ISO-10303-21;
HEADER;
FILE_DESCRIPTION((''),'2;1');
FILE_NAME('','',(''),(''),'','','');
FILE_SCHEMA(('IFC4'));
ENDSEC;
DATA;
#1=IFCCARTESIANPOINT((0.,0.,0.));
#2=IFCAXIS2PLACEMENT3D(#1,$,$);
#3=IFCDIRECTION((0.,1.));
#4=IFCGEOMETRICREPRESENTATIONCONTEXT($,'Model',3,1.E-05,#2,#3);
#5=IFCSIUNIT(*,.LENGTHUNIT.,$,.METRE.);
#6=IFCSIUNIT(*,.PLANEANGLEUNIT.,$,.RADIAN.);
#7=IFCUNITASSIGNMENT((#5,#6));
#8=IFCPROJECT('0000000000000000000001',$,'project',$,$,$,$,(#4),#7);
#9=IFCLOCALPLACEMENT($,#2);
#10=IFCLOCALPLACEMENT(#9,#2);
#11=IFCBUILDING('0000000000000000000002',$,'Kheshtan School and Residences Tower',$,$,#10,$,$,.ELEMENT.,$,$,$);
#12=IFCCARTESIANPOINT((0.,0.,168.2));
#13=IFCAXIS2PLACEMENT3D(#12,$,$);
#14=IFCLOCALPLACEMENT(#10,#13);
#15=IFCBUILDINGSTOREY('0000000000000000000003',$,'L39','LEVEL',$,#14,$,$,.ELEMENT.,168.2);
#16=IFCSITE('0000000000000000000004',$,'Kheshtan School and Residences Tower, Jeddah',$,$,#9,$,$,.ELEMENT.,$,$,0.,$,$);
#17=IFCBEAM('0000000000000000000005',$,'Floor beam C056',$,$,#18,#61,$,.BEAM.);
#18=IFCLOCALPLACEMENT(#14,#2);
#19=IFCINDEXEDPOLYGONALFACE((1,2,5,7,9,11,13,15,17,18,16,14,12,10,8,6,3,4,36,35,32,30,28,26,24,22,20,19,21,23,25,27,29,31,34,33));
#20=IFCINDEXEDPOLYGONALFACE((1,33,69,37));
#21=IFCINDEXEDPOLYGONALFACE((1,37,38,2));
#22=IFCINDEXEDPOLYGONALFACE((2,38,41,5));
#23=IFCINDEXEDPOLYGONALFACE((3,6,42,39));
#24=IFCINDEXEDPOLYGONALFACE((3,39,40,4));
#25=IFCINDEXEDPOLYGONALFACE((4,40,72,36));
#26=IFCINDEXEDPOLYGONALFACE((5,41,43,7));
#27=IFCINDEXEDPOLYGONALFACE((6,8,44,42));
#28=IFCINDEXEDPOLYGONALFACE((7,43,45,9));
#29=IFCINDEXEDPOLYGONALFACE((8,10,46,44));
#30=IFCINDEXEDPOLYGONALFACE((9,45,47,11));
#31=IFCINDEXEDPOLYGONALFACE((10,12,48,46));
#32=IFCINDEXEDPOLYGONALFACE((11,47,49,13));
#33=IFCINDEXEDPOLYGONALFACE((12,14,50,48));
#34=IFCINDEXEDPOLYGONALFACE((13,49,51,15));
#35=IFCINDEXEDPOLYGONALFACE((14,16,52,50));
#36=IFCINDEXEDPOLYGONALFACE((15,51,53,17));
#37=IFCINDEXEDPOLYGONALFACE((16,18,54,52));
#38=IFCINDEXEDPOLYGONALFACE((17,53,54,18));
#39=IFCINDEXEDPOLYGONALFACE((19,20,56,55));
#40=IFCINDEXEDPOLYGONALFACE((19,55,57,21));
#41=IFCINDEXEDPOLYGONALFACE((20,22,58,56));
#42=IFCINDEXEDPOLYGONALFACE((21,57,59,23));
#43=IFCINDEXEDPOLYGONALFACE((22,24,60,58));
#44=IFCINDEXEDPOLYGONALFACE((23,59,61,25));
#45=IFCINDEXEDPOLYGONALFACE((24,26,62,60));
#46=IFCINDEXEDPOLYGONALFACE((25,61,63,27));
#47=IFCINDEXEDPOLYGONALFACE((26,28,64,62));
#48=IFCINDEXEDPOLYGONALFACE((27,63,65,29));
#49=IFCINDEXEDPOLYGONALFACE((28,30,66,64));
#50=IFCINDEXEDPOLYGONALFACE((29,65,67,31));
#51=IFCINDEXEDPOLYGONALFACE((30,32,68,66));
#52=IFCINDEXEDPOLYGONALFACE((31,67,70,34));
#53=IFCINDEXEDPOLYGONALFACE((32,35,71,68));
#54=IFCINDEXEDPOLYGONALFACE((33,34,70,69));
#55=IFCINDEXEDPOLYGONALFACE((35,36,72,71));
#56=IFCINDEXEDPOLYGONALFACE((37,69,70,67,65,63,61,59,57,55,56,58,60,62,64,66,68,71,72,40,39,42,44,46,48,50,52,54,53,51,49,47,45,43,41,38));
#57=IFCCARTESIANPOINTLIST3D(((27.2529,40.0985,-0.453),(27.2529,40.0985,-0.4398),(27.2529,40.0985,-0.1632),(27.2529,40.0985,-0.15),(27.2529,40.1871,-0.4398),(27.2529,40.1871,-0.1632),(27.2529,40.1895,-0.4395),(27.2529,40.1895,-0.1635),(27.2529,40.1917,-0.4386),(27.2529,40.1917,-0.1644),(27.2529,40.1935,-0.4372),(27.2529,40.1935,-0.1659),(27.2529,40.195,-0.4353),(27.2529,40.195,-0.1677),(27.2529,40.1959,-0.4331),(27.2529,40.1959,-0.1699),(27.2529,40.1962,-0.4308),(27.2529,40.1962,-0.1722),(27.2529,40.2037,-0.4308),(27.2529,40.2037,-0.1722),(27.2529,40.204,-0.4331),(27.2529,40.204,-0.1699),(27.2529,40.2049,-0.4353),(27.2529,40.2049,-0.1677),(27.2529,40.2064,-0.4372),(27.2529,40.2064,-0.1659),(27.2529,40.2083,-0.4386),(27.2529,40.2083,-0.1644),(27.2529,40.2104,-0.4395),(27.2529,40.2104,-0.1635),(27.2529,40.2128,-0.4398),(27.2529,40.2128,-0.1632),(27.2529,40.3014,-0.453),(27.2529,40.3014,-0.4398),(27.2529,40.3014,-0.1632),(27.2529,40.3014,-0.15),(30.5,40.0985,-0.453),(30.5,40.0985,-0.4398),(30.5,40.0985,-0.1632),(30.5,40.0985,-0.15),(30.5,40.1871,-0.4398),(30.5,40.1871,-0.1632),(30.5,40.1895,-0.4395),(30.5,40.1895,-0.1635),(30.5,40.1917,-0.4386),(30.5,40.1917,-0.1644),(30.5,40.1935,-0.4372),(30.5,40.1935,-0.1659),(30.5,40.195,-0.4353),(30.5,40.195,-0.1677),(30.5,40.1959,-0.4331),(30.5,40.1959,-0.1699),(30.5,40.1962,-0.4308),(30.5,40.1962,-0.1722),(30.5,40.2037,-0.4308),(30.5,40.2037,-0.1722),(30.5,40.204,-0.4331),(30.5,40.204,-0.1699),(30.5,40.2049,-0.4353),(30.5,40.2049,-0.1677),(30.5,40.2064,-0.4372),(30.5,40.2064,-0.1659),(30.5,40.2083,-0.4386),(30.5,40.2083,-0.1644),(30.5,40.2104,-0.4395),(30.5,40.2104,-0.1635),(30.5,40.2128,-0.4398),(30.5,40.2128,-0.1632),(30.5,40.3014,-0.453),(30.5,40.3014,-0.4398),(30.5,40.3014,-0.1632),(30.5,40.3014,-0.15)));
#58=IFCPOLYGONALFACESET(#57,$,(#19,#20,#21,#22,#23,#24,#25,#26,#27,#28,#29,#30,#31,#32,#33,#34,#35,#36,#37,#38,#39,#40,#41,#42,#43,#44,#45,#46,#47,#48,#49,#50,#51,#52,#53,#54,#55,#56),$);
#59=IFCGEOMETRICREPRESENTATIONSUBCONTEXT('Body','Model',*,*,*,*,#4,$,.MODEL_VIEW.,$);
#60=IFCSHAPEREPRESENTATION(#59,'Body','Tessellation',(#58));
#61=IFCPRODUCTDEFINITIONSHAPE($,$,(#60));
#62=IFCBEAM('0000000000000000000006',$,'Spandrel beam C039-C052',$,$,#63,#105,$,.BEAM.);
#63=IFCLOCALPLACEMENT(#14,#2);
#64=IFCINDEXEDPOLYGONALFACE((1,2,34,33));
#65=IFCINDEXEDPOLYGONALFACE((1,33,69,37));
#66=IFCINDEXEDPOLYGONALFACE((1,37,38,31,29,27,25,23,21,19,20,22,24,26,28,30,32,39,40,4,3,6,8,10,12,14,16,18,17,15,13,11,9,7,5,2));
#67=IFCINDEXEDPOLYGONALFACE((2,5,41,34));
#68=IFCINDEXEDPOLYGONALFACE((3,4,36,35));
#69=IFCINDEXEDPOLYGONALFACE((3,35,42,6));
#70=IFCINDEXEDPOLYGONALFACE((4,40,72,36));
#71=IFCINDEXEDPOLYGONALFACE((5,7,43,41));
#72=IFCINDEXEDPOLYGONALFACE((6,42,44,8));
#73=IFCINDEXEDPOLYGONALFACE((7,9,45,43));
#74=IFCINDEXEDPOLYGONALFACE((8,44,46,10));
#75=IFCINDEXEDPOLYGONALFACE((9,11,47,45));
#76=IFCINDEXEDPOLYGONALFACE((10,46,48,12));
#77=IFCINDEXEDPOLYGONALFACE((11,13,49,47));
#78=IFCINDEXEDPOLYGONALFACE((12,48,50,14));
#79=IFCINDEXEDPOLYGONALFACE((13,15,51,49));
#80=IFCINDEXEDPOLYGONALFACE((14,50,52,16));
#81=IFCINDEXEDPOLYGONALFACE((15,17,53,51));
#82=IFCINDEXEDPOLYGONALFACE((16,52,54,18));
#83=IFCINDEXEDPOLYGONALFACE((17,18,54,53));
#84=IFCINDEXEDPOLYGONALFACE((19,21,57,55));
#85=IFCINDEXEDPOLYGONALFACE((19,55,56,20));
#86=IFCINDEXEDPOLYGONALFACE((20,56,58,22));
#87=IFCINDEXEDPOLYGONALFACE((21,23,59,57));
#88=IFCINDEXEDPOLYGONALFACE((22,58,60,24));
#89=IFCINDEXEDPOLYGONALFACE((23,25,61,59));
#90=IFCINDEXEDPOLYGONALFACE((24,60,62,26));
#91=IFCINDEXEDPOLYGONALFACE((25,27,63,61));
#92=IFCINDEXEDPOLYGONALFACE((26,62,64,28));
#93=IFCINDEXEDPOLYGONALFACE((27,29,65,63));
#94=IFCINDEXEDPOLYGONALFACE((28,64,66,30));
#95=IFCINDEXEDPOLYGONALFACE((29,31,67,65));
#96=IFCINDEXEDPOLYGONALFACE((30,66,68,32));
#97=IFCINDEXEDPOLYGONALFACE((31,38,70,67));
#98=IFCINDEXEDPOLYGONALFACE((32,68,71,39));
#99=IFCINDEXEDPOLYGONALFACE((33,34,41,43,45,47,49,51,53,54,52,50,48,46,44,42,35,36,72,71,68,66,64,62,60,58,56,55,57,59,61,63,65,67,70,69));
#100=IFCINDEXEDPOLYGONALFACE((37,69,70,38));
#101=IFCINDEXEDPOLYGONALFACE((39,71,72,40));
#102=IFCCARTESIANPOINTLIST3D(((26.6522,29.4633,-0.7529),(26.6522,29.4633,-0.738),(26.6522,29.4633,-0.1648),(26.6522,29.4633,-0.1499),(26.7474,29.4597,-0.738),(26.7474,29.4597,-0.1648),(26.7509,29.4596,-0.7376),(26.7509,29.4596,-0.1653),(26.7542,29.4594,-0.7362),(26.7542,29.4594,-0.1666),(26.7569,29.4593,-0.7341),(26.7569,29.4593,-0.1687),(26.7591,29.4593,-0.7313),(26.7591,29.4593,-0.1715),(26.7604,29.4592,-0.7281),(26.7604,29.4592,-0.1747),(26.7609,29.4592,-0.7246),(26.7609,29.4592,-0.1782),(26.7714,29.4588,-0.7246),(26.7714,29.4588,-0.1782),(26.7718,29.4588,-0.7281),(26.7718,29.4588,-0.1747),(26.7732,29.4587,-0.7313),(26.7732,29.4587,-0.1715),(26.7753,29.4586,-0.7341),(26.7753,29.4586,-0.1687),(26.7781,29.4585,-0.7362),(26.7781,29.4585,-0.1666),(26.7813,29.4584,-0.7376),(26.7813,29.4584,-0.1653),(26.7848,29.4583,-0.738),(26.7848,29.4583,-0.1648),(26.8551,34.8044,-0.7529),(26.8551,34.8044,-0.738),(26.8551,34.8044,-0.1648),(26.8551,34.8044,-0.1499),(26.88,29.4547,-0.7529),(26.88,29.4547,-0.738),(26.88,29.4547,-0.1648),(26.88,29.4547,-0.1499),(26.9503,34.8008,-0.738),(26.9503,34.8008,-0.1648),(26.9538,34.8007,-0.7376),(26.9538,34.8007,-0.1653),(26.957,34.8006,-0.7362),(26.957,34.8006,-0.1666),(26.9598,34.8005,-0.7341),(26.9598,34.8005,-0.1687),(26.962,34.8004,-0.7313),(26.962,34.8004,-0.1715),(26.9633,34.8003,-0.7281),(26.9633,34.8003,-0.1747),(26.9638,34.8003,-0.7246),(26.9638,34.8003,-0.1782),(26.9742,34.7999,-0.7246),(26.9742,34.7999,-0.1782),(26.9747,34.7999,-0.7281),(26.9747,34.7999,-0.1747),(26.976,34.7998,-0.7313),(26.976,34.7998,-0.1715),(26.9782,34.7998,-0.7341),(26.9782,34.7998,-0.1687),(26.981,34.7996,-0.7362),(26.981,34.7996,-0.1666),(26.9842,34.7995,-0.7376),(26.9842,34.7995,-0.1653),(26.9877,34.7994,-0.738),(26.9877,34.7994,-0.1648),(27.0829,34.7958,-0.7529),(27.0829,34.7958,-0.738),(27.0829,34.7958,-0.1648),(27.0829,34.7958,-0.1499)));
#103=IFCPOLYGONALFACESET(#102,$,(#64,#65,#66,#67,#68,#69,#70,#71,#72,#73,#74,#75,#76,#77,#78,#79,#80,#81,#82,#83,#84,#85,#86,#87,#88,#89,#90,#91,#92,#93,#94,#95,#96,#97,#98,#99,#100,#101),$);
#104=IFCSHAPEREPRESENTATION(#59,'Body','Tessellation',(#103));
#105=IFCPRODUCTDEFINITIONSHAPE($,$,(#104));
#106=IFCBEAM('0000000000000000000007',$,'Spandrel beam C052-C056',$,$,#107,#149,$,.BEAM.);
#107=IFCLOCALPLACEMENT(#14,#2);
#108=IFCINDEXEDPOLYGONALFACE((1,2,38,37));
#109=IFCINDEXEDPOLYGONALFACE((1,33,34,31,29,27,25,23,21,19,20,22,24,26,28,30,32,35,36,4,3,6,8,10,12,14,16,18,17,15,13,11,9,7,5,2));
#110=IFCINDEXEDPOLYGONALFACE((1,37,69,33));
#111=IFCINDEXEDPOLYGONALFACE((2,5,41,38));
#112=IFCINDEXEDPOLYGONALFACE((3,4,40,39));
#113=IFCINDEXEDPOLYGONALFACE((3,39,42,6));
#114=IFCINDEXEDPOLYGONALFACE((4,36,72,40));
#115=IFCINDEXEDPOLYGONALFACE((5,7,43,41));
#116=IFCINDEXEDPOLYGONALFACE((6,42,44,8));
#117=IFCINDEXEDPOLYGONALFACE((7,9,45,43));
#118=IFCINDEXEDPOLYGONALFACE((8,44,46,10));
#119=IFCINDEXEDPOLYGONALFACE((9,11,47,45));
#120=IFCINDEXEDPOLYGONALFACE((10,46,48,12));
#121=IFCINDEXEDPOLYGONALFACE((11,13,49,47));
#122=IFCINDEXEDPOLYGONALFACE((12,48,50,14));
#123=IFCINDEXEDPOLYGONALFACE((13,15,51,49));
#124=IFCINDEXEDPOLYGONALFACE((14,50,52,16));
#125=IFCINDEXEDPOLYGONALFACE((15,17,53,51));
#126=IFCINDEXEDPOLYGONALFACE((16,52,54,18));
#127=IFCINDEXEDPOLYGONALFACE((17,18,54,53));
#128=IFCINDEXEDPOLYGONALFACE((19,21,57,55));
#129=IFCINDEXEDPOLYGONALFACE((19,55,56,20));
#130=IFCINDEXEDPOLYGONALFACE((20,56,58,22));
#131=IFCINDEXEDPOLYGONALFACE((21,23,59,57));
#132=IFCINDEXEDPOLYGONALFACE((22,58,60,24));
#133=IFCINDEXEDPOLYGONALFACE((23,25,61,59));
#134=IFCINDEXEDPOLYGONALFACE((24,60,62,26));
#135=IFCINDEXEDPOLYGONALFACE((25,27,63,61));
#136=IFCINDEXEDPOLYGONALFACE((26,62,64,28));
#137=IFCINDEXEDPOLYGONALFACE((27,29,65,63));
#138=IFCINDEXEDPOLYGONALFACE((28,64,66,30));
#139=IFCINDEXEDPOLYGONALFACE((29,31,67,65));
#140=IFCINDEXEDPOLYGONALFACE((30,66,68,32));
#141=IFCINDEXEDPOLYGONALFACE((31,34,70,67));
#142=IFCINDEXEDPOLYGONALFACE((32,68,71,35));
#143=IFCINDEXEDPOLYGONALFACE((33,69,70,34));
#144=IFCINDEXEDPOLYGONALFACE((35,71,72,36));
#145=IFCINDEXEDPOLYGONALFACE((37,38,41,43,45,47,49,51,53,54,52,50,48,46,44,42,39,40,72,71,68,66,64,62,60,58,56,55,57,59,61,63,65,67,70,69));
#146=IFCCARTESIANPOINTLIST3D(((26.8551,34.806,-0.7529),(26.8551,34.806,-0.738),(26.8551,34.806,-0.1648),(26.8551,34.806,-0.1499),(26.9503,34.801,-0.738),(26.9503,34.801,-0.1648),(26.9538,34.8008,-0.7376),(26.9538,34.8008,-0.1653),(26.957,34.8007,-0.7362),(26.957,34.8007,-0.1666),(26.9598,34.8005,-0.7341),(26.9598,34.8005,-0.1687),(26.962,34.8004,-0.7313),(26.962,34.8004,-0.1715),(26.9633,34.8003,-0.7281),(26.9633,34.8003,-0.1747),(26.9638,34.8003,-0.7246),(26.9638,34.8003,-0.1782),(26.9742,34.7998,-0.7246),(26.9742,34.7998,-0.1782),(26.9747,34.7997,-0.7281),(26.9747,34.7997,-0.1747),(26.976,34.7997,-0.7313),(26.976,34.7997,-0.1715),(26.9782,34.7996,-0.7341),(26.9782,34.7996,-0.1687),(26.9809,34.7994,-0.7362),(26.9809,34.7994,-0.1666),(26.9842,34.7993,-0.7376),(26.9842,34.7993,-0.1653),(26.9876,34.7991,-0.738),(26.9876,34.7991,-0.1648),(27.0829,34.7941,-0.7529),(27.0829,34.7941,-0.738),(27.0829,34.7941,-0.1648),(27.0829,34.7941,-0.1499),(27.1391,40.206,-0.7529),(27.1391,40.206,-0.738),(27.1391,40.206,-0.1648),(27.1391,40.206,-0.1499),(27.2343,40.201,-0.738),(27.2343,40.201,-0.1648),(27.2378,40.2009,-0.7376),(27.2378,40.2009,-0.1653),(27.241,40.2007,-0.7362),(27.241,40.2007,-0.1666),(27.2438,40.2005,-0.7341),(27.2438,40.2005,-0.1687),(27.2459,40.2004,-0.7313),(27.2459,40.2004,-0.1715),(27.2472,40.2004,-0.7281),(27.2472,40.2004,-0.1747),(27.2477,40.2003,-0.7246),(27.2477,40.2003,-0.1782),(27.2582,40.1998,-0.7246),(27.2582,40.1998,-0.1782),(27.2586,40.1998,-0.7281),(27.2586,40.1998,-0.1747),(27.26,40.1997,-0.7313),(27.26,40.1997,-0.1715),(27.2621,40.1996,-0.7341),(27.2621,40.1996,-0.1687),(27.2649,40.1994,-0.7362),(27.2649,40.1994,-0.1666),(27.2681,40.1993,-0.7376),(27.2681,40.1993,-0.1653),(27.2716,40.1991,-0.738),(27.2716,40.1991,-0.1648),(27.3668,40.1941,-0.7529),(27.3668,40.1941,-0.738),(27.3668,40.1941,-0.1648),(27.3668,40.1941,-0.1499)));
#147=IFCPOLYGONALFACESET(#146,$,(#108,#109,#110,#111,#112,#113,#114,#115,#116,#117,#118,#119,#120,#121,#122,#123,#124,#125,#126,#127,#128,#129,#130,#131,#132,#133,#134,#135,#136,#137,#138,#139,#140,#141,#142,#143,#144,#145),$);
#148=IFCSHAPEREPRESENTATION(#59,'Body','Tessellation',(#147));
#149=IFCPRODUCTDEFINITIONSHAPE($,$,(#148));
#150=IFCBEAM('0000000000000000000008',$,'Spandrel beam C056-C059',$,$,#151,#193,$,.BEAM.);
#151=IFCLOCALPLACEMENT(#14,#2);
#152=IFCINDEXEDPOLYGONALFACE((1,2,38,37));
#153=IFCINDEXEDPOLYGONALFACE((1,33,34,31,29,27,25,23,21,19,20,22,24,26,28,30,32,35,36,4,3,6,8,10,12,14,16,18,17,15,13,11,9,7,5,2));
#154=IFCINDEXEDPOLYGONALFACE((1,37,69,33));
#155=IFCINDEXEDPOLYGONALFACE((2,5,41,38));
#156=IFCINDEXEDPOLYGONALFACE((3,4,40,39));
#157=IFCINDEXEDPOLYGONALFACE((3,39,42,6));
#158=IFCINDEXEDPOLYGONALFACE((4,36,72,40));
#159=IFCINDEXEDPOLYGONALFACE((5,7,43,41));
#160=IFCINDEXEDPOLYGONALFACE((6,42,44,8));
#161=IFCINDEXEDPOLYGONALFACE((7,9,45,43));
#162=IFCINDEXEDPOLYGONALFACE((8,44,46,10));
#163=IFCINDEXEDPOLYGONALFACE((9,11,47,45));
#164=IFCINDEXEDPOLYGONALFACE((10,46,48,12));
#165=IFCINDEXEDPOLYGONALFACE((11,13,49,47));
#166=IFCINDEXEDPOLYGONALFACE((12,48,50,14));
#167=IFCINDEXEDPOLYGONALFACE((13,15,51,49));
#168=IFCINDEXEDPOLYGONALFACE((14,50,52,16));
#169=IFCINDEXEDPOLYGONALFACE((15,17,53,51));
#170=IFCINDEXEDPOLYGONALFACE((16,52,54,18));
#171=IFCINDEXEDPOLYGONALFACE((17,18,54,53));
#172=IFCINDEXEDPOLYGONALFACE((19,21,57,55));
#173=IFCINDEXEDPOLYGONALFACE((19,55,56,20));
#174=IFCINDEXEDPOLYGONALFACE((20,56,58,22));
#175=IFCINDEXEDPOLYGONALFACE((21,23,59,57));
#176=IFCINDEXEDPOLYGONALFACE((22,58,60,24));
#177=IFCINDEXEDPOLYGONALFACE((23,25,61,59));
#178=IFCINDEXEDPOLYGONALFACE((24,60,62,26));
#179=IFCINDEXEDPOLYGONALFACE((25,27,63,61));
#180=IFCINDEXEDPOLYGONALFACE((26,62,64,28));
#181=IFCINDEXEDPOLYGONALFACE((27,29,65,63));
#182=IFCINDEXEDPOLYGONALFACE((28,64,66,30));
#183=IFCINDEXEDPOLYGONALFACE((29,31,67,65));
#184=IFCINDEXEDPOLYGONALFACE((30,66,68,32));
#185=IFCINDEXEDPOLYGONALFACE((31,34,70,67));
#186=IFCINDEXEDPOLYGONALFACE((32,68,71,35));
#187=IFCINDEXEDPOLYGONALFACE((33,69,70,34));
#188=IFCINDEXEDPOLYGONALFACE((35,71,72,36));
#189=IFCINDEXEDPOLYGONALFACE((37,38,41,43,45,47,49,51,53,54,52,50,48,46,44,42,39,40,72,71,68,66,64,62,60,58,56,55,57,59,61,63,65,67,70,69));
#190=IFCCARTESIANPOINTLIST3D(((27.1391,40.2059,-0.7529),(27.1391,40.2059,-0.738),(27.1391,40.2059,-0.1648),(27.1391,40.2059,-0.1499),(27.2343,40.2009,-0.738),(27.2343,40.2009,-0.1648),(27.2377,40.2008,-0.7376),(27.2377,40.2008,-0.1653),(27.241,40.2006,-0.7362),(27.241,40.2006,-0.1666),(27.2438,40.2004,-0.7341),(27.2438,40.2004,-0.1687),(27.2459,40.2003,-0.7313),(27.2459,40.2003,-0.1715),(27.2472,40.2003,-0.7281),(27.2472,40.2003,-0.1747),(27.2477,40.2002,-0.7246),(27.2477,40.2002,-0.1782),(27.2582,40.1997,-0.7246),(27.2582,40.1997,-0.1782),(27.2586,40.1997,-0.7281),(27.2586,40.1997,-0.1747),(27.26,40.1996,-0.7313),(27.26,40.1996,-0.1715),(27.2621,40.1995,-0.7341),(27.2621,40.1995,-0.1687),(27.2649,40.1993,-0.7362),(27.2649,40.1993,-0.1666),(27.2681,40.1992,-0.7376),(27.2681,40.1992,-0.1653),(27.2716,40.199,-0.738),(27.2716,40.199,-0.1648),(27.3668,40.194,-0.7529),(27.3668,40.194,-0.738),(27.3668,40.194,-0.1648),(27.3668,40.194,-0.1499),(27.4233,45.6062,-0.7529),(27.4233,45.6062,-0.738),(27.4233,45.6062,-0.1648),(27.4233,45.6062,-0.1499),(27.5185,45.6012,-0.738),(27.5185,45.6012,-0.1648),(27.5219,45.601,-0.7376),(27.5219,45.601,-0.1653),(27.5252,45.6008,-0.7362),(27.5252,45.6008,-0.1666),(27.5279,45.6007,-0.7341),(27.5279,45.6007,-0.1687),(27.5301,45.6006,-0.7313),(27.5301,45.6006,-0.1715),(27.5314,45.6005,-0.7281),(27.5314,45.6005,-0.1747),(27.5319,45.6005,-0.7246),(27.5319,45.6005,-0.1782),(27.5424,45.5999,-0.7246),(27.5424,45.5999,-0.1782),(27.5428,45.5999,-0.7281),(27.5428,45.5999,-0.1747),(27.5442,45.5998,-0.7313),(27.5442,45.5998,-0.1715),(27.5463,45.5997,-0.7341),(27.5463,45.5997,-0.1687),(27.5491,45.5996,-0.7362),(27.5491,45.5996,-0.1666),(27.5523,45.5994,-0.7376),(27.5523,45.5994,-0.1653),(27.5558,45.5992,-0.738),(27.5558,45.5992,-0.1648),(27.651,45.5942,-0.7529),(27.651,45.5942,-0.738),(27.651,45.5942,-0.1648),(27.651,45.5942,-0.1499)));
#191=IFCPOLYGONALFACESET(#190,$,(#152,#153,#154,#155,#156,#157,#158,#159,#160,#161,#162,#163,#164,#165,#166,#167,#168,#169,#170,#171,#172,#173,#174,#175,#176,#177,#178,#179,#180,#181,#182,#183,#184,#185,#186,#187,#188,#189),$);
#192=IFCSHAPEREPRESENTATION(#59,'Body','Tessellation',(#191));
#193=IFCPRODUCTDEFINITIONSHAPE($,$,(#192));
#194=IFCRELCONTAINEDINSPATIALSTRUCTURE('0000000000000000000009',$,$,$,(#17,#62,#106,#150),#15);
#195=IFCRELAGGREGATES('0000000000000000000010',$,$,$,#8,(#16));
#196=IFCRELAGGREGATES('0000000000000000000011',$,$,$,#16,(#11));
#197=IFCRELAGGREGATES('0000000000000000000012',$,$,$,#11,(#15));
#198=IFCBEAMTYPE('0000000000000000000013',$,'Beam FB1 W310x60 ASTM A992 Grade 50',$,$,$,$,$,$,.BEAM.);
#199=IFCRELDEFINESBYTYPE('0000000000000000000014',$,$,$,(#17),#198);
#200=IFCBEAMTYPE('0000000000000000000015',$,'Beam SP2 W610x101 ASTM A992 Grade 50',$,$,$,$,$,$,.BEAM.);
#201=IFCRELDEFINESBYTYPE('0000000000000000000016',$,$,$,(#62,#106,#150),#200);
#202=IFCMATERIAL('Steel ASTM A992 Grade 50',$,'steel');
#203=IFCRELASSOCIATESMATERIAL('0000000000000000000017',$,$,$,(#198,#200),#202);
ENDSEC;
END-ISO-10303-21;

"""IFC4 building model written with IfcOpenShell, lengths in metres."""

from ifc_helpers import new_model, si_unit, direction, frame, origin, origin_2d, place, context, subcontext, project, spatial, i_section, extrude, material, material_profile, profile_set, type_object, element, save


model = new_model("IFC4")

# Units and contexts
model_context = context("Model", 3, precision=1e-05, world=origin(), true_north=direction((0.0, 1.0)))
body_context = subcontext(model_context, "Body", "Model", "MODEL_VIEW")
ifc_project = project(units=[si_unit("LENGTHUNIT", "METRE"), si_unit("PLANEANGLEUNIT", "RADIAN")], contexts=[model_context])

# Site, building, storey
site_placement = place(None, origin())
site = spatial("IfcSite", under=ifc_project, at=site_placement, Name="Kheshtan School and Residences Tower, Jeddah", CompositionType="ELEMENT", RefElevation=0.0)
building_placement = place(site_placement, origin())
building = spatial("IfcBuilding", under=site, at=building_placement, Name="Kheshtan School and Residences Tower", CompositionType="ELEMENT")
storey_placement = place(building_placement, frame((0.0, 0.0, 168.2)))
storey = spatial("IfcBuildingStorey", under=building, at=storey_placement, Name="L39", Description="LEVEL", CompositionType="ELEMENT", Elevation=168.2)

# Shared definitions
ifc_material_1 = material(Name="Steel ASTM A992 Grade 50", Category="steel")

# Beams
ifc_material_profile_1 = material_profile(ifc_material_1, i_section(OverallWidth=0.2029, OverallDepth=0.303, WebThickness=0.0076, FlangeThickness=0.0132, FilletRadius=0.009, at=origin_2d()), Name="W310x60")
ifc_profile_set_1 = profile_set([ifc_material_profile_1], Name="Steel ASTM A992 Grade 50")
beam_type_1 = type_object("IfcBeamType", Name="Beam FB1 W310x60 ASTM A992 Grade 50", PredefinedType="BEAM", material=ifc_profile_set_1)
beam_1_placement = place(storey_placement, frame((27.2529, 40.2, -0.3015), z_axis=(1.0, 0.0, 0.0), x_axis=(0.0, 1.0, 0.0)))
element("IfcBeam", 1, at=beam_1_placement, inside=storey, type_object=beam_type_1, Name="Floor beam C056", PredefinedType="BEAM", context=body_context, shape_type="SweptSolid", body=[
    extrude(i_section(OverallWidth=0.2029, OverallDepth=0.303, WebThickness=0.0076, FlangeThickness=0.0132, FilletRadius=0.009, at=origin_2d()), origin(), (0.0, 0.0, 1.0), 3.2471),
])
ifc_material_profile_2 = material_profile(ifc_material_1, i_section(OverallWidth=0.228, OverallDepth=0.603, WebThickness=0.0105, FlangeThickness=0.0149, FilletRadius=0.0134, at=origin_2d()), Name="W610x101")
ifc_profile_set_2 = profile_set([ifc_material_profile_2], Name="Steel ASTM A992 Grade 50")
beam_type_2 = type_object("IfcBeamType", Name="Beam SP2 W610x101 ASTM A992 Grade 50", PredefinedType="BEAM", material=ifc_profile_set_2)
beam_2_placement = place(storey_placement, frame((26.7661, 29.459, -0.4514), z_axis=(0.037958, 0.999279, 0.0), x_axis=(-0.999279, 0.037958, 0.0)))
element("IfcBeam", 2, at=beam_2_placement, inside=storey, type_object=beam_type_2, Name="Spandrel beam C039-C052", PredefinedType="BEAM", context=body_context, shape_type="SweptSolid", body=[
    extrude(i_section(OverallWidth=0.228, OverallDepth=0.603, WebThickness=0.0105, FlangeThickness=0.0149, FilletRadius=0.0134, at=origin_2d()), origin(), (0.0, 0.0, 1.0), 5.345),
])
beam_3_placement = place(storey_placement, frame((26.969, 34.8, -0.4514), z_axis=(0.052509, 0.99862, 0.0), x_axis=(-0.99862, 0.052509, 0.0)))
element("IfcBeam", 3, at=beam_3_placement, inside=storey, type_object=beam_type_2, Name="Spandrel beam C052-C056", PredefinedType="BEAM", context=body_context, shape_type="SweptSolid", body=[
    extrude(i_section(OverallWidth=0.228, OverallDepth=0.603, WebThickness=0.0105, FlangeThickness=0.0149, FilletRadius=0.0134, at=origin_2d()), origin(), (0.0, 0.0, 1.0), 5.4075),
])
beam_4_placement = place(storey_placement, frame((27.2529, 40.2, -0.4514), z_axis=(0.052552, 0.998618, 0.0), x_axis=(-0.998618, 0.052552, 0.0)))
element("IfcBeam", 4, at=beam_4_placement, inside=storey, type_object=beam_type_2, Name="Spandrel beam C056-C059", PredefinedType="BEAM", context=body_context, shape_type="SweptSolid", body=[
    extrude(i_section(OverallWidth=0.228, OverallDepth=0.603, WebThickness=0.0105, FlangeThickness=0.0149, FilletRadius=0.0134, at=origin_2d()), origin(), (0.0, 0.0, 1.0), 5.4077),
])

save(model, "model.ifc")
